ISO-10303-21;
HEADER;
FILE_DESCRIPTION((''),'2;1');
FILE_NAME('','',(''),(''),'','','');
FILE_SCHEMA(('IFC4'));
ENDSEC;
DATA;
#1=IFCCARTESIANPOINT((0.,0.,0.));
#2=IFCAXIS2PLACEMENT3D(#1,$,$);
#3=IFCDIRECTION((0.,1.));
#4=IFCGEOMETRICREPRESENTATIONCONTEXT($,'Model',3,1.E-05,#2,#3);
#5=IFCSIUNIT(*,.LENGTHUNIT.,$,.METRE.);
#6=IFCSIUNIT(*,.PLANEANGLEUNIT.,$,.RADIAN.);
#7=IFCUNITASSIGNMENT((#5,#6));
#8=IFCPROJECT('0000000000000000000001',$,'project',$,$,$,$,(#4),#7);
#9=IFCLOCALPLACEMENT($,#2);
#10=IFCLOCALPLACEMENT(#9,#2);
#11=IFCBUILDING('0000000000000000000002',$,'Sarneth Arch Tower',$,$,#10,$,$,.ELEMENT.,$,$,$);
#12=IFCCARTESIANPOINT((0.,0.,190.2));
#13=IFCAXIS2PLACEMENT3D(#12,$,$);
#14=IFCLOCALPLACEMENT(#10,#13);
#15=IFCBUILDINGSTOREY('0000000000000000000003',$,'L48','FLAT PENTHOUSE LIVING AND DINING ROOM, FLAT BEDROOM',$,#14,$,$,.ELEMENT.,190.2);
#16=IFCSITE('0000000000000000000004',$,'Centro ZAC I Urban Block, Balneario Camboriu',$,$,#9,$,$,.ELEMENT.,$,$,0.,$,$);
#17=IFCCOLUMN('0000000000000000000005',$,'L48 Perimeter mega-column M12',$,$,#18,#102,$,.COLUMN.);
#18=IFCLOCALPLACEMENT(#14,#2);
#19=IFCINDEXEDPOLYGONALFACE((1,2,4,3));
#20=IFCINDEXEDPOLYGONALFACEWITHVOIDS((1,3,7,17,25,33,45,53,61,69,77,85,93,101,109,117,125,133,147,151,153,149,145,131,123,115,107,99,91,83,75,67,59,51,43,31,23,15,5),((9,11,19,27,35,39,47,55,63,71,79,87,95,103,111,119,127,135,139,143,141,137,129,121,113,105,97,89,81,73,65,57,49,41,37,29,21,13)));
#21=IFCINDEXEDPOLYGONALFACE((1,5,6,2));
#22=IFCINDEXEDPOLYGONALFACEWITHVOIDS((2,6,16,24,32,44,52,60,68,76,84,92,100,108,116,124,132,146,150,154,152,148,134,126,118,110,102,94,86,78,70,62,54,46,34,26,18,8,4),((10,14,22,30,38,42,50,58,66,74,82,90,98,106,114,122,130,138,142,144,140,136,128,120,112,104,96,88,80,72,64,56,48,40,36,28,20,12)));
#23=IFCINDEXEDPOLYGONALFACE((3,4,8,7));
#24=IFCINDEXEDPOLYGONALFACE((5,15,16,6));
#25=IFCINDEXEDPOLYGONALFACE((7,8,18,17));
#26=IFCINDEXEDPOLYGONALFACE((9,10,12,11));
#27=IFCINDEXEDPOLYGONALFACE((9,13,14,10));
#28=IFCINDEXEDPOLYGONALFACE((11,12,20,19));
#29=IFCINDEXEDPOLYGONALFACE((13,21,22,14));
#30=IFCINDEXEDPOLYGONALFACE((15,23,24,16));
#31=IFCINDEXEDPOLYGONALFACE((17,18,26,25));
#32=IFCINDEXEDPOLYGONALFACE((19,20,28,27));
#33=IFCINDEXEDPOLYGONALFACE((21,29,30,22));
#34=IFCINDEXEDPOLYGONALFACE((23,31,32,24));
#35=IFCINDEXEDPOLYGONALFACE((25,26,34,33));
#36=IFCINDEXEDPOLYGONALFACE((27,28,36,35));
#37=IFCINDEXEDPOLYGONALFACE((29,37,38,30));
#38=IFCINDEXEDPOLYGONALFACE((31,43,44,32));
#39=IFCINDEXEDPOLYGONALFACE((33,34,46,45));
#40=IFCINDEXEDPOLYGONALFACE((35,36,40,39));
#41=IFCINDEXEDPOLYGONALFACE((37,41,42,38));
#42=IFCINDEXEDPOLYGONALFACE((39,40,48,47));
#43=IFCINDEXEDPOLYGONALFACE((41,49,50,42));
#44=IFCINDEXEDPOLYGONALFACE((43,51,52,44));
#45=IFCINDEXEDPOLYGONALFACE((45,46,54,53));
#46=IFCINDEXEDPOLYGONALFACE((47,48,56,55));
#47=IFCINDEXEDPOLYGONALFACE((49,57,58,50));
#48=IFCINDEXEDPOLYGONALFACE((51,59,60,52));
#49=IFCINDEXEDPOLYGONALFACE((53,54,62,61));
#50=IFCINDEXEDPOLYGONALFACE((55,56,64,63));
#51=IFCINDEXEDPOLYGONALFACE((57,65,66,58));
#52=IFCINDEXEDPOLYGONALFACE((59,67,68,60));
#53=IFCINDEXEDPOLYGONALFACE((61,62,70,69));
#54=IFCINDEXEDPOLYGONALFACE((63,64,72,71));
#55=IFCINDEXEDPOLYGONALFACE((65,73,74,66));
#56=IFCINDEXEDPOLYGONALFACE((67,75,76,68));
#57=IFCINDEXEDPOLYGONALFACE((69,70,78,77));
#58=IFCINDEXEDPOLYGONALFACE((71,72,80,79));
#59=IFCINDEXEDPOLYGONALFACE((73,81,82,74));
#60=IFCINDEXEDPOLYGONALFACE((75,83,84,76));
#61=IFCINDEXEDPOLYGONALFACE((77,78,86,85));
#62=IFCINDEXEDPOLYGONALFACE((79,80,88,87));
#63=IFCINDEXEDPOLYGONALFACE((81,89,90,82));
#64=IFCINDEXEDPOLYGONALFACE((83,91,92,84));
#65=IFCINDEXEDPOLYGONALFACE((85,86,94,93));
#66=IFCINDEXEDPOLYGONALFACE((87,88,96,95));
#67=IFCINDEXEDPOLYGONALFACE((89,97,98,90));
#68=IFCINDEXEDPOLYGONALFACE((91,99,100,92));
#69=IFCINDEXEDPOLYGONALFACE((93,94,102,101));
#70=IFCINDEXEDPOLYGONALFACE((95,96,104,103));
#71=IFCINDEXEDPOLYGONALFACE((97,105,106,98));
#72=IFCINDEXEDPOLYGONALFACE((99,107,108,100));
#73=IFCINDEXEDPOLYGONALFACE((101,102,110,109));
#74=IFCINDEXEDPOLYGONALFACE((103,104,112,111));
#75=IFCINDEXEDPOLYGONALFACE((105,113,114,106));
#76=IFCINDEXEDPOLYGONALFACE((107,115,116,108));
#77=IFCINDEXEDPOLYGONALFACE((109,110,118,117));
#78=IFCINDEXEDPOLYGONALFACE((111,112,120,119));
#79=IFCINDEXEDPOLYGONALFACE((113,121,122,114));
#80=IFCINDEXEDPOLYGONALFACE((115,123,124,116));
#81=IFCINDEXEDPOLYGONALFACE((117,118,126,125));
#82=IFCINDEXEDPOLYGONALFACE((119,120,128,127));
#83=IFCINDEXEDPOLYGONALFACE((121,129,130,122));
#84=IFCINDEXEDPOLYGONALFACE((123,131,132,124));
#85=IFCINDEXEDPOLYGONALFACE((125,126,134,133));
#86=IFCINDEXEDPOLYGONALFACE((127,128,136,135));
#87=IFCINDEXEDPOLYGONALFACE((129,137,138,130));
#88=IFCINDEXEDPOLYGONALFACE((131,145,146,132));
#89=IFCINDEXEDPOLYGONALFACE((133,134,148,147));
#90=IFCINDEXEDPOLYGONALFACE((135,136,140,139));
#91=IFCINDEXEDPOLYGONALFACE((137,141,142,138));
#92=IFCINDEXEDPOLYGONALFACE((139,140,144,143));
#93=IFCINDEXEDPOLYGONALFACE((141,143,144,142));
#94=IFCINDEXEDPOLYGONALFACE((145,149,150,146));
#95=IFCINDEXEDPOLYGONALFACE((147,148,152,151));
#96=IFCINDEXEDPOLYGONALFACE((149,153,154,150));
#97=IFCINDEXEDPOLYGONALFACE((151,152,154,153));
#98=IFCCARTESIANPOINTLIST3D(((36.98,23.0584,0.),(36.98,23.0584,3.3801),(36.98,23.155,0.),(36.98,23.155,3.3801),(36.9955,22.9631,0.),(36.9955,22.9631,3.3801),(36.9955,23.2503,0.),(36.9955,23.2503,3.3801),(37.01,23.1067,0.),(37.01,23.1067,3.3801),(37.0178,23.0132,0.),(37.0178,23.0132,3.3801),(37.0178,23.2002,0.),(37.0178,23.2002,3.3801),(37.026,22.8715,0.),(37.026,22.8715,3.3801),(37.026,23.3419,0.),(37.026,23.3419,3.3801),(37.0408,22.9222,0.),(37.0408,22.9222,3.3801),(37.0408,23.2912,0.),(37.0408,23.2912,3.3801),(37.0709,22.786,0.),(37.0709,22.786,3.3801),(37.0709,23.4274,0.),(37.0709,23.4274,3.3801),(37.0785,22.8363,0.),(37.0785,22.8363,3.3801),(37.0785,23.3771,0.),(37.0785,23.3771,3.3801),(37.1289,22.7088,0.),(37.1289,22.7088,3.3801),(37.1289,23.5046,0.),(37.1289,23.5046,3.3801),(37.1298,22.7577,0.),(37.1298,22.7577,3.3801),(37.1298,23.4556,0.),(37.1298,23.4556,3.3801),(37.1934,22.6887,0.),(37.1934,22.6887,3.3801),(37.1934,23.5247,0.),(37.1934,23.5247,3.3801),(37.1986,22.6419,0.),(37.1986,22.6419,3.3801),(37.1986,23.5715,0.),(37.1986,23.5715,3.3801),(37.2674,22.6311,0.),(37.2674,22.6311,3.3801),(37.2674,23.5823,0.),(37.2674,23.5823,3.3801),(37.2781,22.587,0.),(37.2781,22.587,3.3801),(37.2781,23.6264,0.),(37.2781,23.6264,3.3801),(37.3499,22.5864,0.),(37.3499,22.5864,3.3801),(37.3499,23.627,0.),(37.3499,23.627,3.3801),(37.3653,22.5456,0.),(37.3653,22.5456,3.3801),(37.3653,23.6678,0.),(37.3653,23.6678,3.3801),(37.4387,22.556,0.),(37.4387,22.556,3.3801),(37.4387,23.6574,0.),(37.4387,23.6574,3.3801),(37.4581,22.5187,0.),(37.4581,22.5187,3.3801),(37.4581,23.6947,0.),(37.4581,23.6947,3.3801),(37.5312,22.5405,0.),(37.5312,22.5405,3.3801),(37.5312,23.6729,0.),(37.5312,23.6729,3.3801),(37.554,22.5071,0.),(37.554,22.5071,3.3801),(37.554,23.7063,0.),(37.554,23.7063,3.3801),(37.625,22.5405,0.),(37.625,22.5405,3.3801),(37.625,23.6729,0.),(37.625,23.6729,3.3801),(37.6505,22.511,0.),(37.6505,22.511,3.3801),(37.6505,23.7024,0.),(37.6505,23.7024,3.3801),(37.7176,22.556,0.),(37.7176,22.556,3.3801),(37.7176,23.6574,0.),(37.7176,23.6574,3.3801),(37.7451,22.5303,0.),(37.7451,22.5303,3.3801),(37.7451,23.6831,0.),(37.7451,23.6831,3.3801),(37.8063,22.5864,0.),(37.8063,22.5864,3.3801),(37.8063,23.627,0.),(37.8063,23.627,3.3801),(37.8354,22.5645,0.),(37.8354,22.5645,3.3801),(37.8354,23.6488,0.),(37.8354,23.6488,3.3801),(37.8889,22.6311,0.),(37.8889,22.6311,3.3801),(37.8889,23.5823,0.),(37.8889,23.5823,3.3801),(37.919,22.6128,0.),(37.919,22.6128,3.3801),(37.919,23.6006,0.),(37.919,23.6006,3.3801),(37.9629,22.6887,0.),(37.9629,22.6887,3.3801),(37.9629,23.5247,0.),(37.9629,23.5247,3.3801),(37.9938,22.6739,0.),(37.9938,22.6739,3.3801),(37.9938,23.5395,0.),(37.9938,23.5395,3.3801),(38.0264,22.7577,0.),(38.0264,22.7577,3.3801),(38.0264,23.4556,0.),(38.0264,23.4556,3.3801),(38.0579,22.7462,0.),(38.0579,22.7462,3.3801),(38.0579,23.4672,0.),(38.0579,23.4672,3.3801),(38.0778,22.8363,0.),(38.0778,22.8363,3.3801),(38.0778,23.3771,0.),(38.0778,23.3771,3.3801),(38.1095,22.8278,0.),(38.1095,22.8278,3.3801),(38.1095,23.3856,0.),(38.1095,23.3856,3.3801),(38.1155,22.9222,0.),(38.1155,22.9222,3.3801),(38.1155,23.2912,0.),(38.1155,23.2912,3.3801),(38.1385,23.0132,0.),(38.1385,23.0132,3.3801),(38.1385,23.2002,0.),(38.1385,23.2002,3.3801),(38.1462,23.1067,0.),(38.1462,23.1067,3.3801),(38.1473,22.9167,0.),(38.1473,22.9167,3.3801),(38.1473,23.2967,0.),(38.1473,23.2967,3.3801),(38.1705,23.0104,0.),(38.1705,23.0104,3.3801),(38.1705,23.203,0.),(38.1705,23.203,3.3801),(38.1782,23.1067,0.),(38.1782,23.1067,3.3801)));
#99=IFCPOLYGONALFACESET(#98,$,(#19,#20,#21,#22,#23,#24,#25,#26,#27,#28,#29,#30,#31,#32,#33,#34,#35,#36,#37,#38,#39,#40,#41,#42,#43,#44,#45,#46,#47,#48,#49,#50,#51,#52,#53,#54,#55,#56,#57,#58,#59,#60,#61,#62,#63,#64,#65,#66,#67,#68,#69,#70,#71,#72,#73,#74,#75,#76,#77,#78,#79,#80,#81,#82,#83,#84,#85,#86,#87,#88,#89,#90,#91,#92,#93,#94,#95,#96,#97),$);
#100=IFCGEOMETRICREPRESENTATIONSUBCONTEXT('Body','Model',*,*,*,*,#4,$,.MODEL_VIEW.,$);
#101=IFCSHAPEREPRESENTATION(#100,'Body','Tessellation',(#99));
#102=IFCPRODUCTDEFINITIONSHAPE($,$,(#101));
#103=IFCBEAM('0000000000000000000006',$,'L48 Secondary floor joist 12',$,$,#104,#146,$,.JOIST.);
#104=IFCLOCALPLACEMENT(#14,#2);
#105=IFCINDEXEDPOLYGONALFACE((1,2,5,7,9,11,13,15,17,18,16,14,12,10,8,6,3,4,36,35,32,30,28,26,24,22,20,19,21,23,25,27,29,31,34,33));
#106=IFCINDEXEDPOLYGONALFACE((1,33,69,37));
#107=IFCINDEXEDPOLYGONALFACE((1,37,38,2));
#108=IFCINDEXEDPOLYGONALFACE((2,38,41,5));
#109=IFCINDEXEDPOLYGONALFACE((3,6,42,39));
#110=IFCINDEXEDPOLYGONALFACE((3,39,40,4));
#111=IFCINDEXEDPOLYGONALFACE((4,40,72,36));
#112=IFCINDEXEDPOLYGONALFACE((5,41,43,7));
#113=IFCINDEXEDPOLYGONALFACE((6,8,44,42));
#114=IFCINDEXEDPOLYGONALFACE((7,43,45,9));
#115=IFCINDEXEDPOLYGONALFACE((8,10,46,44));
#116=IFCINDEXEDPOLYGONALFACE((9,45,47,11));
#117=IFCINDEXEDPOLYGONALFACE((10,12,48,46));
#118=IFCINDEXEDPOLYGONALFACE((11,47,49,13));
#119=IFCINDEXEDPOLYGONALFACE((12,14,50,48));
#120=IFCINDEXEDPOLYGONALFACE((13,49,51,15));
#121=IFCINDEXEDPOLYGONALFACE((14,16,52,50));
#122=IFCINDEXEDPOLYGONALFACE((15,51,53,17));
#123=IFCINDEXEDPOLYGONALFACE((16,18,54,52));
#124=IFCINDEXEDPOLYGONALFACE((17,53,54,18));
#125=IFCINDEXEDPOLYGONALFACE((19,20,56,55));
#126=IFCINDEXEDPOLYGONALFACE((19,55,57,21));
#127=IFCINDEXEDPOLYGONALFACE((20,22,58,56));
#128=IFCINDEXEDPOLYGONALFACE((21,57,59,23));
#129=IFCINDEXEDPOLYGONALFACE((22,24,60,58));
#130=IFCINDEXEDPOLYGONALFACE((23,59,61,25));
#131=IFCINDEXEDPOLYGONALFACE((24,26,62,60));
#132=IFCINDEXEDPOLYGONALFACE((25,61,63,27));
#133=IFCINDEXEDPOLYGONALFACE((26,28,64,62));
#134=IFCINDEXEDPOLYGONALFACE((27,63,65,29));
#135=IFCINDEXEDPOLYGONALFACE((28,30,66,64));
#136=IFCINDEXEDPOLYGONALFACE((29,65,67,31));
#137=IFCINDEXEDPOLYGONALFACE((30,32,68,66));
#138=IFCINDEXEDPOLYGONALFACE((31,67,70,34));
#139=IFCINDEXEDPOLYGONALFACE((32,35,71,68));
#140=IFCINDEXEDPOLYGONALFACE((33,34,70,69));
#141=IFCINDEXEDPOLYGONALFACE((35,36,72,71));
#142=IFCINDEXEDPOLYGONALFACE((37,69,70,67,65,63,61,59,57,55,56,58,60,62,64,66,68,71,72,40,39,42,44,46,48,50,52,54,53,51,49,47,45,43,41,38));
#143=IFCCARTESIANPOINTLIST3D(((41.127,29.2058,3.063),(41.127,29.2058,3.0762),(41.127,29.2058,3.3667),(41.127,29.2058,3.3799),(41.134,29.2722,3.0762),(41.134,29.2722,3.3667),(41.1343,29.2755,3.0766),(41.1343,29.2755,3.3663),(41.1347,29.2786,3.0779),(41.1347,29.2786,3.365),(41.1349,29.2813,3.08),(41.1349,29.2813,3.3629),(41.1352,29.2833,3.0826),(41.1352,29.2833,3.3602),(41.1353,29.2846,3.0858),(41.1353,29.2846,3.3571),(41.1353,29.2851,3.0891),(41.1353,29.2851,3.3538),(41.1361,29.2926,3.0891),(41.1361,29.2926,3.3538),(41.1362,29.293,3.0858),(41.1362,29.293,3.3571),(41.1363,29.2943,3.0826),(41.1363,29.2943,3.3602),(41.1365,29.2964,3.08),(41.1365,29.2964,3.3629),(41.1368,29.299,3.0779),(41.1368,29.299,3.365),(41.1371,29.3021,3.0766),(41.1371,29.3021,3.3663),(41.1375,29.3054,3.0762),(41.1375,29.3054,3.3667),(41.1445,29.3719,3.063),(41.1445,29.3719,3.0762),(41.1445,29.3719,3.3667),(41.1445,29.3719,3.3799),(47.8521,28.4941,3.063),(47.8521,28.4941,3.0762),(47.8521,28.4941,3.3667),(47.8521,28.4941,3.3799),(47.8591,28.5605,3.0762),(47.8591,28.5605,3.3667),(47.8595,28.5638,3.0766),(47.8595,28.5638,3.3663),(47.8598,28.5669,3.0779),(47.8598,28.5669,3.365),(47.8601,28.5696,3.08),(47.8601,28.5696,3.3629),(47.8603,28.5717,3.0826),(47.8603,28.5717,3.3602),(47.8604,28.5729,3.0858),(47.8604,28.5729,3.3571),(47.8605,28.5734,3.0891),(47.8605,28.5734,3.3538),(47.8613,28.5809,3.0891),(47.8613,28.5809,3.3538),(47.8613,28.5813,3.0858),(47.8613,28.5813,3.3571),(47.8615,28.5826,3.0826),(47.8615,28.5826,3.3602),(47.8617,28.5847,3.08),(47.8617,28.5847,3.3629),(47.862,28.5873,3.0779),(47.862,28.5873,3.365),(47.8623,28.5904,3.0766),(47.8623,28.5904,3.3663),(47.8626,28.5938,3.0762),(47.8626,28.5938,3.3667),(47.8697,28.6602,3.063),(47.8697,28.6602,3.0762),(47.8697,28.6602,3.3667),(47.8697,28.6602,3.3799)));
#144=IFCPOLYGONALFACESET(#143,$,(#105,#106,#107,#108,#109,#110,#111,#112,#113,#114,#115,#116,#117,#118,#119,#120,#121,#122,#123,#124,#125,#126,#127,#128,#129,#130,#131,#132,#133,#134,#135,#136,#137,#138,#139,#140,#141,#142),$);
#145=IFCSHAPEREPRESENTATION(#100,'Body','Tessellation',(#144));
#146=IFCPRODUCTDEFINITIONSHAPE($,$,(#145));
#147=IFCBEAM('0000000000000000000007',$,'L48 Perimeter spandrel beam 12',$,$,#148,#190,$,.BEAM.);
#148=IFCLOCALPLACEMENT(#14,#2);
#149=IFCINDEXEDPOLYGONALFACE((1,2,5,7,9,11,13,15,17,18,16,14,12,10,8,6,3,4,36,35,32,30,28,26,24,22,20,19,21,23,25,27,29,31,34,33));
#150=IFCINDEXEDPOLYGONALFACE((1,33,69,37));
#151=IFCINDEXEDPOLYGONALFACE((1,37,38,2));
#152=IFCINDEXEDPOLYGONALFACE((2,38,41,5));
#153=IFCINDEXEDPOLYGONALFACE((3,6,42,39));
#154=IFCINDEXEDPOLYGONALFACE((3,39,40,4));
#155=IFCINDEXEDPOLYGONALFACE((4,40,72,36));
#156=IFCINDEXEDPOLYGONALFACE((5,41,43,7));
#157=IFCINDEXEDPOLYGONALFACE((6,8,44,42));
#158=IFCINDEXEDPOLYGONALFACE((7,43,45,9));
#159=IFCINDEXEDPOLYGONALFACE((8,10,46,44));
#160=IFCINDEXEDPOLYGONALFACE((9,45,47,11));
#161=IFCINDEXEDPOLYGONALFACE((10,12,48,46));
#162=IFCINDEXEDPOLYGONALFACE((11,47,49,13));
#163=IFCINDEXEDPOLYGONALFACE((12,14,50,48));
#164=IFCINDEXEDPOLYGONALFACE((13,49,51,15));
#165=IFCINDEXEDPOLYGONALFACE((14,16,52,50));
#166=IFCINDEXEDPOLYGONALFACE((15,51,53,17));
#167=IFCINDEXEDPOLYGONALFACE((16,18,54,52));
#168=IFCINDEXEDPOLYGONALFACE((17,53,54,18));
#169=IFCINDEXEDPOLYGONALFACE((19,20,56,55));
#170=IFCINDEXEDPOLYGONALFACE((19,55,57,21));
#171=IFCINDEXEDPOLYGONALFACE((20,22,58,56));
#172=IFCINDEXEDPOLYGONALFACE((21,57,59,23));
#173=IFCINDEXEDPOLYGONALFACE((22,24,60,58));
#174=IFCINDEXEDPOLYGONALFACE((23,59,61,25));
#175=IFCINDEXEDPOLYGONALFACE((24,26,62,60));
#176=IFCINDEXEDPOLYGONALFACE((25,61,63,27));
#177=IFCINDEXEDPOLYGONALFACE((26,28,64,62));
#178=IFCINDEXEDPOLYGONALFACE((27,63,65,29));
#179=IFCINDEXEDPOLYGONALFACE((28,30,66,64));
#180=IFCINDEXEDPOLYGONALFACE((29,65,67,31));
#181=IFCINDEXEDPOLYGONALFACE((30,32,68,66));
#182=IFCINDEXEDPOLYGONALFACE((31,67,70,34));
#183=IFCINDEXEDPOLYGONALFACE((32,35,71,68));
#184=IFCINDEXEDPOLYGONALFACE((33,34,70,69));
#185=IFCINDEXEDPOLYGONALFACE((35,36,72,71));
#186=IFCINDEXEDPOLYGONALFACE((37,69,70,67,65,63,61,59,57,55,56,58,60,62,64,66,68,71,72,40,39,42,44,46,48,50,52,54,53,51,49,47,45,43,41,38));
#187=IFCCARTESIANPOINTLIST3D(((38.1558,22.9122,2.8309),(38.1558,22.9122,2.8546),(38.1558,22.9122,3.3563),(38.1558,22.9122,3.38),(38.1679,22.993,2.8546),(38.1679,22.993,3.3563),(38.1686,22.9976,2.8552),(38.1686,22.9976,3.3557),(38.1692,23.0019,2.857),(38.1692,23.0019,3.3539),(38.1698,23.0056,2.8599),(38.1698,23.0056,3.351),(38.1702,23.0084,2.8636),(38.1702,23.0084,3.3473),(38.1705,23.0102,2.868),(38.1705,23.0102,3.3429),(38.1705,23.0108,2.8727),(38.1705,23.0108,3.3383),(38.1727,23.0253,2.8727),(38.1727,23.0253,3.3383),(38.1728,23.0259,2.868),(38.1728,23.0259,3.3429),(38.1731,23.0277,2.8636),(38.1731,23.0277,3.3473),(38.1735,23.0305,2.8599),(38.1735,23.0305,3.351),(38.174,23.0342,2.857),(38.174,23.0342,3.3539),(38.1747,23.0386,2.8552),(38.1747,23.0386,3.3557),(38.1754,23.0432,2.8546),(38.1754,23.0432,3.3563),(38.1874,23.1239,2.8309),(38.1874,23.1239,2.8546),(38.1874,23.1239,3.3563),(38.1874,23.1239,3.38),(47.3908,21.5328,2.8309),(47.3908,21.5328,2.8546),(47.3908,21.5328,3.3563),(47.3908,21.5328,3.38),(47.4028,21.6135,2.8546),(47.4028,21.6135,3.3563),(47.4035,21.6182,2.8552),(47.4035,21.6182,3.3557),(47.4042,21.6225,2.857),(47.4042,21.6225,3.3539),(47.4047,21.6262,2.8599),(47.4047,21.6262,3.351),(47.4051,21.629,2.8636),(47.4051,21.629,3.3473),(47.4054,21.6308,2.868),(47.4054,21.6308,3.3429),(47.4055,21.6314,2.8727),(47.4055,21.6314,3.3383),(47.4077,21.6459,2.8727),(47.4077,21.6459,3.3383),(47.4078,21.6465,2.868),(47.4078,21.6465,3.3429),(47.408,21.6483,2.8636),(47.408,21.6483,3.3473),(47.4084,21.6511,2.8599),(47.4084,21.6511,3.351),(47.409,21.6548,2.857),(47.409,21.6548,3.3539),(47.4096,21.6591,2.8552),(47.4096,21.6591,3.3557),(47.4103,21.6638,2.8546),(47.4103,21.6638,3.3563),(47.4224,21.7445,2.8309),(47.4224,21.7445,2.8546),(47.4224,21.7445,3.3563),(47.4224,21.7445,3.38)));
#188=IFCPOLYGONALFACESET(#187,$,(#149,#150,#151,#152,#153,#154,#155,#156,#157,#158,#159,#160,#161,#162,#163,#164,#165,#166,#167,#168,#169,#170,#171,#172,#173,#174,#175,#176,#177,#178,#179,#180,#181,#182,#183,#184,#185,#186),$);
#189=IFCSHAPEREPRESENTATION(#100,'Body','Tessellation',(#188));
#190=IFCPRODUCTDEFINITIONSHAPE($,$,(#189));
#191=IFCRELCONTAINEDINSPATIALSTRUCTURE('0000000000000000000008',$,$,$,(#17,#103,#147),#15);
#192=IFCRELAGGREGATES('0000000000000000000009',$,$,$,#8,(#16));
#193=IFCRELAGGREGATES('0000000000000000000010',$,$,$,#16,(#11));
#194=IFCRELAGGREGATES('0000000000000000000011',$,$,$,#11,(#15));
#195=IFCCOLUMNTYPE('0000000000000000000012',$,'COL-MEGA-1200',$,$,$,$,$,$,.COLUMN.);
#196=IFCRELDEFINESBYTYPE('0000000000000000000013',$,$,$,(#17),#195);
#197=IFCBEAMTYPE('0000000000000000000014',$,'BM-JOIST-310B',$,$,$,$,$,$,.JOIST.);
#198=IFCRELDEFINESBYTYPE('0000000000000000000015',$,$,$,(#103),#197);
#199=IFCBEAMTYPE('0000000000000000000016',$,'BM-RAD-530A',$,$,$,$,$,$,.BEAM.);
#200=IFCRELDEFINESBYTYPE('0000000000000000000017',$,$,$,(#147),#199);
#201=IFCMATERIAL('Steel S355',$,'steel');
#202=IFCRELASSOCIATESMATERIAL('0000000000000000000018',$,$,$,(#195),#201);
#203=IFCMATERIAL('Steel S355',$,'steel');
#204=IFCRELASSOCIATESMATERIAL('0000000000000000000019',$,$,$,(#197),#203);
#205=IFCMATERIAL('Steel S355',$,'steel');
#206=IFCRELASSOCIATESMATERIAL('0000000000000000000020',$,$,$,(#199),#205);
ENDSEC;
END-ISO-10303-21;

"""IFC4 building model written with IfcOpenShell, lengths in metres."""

from ifc_helpers import new_model, si_unit, direction, frame, origin, origin_2d, place, context, subcontext, project, spatial, hollow_circle, i_section, extrude, material, material_profile, profile_set, type_object, element, save


model = new_model("IFC4")

# Units and contexts
model_context = context("Model", 3, precision=1e-05, world=origin(), true_north=direction((0.0, 1.0)))
body_context = subcontext(model_context, "Body", "Model", "MODEL_VIEW")
ifc_project = project(units=[si_unit("LENGTHUNIT", "METRE"), si_unit("PLANEANGLEUNIT", "RADIAN")], contexts=[model_context])

# Site, building, storey
site_placement = place(None, origin())
site = spatial("IfcSite", under=ifc_project, at=site_placement, Name="Centro ZAC I Urban Block, Balneario Camboriu", CompositionType="ELEMENT", RefElevation=0.0)
building_placement = place(site_placement, origin())
building = spatial("IfcBuilding", under=site, at=building_placement, Name="Sarneth Arch Tower", CompositionType="ELEMENT")
storey_placement = place(building_placement, frame((0.0, 0.0, 190.2)))
storey = spatial("IfcBuildingStorey", under=building, at=storey_placement, Name="L48", Description="FLAT PENTHOUSE LIVING AND DINING ROOM, FLAT BEDROOM", CompositionType="ELEMENT", Elevation=190.2)

# Column
ifc_material_1 = material(Name="Steel S355", Category="steel")
ifc_material_profile_1 = material_profile(ifc_material_1, hollow_circle(Radius=0.6001, WallThickness=0.032, at=origin_2d()), Name="CHS1200x32")
ifc_profile_set_1 = profile_set([ifc_material_profile_1], Name="Steel S355")
column_type = type_object("IfcColumnType", Name="COL-MEGA-1200", PredefinedType="COLUMN", material=ifc_profile_set_1)
column_placement = place(storey_placement, frame((37.5781, 23.1067, 0.0), z_axis=(0.0, 0.0, 1.0), x_axis=(1.0, 0.0, 0.0)))
element("IfcColumn", 1, at=column_placement, inside=storey, type_object=column_type, Name="L48 Perimeter mega-column M12", PredefinedType="COLUMN", context=body_context, shape_type="SweptSolid", body=[
    extrude(hollow_circle(Radius=0.6001, WallThickness=0.032, at=origin_2d()), origin(), (0.0, 0.0, 1.0), 3.3801),
])

# Beams
ifc_material_2 = material(Name="Steel S355", Category="steel")
ifc_material_profile_2 = material_profile(ifc_material_2, i_section(OverallWidth=0.167, OverallDepth=0.3169, WebThickness=0.0076, FlangeThickness=0.0132, FilletRadius=0.0129, at=origin_2d()), Name="W310x52")
ifc_profile_set_2 = profile_set([ifc_material_profile_2], Name="Steel S355")
beam_type_1 = type_object("IfcBeamType", Name="BM-JOIST-310B", PredefinedType="JOIST", material=ifc_profile_set_2)
beam_1_placement = place(storey_placement, frame((41.1357, 29.2888, 3.2214), z_axis=(0.994447, -0.105235, 0.0), x_axis=(0.105235, 0.994447, 0.0)))
element("IfcBeam", 2, at=beam_1_placement, inside=storey, type_object=beam_type_1, Name="L48 Secondary floor joist 12", PredefinedType="JOIST", context=body_context, shape_type="SweptSolid", body=[
    extrude(i_section(OverallWidth=0.167, OverallDepth=0.3169, WebThickness=0.0076, FlangeThickness=0.0132, FilletRadius=0.0129, at=origin_2d()), origin(), (0.0, 0.0, 1.0), 6.7627),
])
ifc_material_3 = material(Name="Steel S355", Category="steel")
ifc_material_profile_3 = material_profile(ifc_material_3, i_section(OverallWidth=0.2141, OverallDepth=0.5491, WebThickness=0.0146, FlangeThickness=0.0237, FilletRadius=0.0181, at=origin_2d()), Name="W530x138")
ifc_profile_set_3 = profile_set([ifc_material_profile_3], Name="Steel S355")
beam_type_2 = type_object("IfcBeamType", Name="BM-RAD-530A", PredefinedType="BEAM", material=ifc_profile_set_3)
beam_2_placement = place(storey_placement, frame((38.1716, 23.0181, 3.1055), z_axis=(0.989028, -0.147729, 0.0), x_axis=(0.147729, 0.989028, 0.0)))
element("IfcBeam", 3, at=beam_2_placement, inside=storey, type_object=beam_type_2, Name="L48 Perimeter spandrel beam 12", PredefinedType="BEAM", context=body_context, shape_type="SweptSolid", body=[
    extrude(i_section(OverallWidth=0.2141, OverallDepth=0.5491, WebThickness=0.0146, FlangeThickness=0.0237, FilletRadius=0.0181, at=origin_2d()), origin(), (0.0, 0.0, 1.0), 9.3374),
])

save(model, "model.ifc")
